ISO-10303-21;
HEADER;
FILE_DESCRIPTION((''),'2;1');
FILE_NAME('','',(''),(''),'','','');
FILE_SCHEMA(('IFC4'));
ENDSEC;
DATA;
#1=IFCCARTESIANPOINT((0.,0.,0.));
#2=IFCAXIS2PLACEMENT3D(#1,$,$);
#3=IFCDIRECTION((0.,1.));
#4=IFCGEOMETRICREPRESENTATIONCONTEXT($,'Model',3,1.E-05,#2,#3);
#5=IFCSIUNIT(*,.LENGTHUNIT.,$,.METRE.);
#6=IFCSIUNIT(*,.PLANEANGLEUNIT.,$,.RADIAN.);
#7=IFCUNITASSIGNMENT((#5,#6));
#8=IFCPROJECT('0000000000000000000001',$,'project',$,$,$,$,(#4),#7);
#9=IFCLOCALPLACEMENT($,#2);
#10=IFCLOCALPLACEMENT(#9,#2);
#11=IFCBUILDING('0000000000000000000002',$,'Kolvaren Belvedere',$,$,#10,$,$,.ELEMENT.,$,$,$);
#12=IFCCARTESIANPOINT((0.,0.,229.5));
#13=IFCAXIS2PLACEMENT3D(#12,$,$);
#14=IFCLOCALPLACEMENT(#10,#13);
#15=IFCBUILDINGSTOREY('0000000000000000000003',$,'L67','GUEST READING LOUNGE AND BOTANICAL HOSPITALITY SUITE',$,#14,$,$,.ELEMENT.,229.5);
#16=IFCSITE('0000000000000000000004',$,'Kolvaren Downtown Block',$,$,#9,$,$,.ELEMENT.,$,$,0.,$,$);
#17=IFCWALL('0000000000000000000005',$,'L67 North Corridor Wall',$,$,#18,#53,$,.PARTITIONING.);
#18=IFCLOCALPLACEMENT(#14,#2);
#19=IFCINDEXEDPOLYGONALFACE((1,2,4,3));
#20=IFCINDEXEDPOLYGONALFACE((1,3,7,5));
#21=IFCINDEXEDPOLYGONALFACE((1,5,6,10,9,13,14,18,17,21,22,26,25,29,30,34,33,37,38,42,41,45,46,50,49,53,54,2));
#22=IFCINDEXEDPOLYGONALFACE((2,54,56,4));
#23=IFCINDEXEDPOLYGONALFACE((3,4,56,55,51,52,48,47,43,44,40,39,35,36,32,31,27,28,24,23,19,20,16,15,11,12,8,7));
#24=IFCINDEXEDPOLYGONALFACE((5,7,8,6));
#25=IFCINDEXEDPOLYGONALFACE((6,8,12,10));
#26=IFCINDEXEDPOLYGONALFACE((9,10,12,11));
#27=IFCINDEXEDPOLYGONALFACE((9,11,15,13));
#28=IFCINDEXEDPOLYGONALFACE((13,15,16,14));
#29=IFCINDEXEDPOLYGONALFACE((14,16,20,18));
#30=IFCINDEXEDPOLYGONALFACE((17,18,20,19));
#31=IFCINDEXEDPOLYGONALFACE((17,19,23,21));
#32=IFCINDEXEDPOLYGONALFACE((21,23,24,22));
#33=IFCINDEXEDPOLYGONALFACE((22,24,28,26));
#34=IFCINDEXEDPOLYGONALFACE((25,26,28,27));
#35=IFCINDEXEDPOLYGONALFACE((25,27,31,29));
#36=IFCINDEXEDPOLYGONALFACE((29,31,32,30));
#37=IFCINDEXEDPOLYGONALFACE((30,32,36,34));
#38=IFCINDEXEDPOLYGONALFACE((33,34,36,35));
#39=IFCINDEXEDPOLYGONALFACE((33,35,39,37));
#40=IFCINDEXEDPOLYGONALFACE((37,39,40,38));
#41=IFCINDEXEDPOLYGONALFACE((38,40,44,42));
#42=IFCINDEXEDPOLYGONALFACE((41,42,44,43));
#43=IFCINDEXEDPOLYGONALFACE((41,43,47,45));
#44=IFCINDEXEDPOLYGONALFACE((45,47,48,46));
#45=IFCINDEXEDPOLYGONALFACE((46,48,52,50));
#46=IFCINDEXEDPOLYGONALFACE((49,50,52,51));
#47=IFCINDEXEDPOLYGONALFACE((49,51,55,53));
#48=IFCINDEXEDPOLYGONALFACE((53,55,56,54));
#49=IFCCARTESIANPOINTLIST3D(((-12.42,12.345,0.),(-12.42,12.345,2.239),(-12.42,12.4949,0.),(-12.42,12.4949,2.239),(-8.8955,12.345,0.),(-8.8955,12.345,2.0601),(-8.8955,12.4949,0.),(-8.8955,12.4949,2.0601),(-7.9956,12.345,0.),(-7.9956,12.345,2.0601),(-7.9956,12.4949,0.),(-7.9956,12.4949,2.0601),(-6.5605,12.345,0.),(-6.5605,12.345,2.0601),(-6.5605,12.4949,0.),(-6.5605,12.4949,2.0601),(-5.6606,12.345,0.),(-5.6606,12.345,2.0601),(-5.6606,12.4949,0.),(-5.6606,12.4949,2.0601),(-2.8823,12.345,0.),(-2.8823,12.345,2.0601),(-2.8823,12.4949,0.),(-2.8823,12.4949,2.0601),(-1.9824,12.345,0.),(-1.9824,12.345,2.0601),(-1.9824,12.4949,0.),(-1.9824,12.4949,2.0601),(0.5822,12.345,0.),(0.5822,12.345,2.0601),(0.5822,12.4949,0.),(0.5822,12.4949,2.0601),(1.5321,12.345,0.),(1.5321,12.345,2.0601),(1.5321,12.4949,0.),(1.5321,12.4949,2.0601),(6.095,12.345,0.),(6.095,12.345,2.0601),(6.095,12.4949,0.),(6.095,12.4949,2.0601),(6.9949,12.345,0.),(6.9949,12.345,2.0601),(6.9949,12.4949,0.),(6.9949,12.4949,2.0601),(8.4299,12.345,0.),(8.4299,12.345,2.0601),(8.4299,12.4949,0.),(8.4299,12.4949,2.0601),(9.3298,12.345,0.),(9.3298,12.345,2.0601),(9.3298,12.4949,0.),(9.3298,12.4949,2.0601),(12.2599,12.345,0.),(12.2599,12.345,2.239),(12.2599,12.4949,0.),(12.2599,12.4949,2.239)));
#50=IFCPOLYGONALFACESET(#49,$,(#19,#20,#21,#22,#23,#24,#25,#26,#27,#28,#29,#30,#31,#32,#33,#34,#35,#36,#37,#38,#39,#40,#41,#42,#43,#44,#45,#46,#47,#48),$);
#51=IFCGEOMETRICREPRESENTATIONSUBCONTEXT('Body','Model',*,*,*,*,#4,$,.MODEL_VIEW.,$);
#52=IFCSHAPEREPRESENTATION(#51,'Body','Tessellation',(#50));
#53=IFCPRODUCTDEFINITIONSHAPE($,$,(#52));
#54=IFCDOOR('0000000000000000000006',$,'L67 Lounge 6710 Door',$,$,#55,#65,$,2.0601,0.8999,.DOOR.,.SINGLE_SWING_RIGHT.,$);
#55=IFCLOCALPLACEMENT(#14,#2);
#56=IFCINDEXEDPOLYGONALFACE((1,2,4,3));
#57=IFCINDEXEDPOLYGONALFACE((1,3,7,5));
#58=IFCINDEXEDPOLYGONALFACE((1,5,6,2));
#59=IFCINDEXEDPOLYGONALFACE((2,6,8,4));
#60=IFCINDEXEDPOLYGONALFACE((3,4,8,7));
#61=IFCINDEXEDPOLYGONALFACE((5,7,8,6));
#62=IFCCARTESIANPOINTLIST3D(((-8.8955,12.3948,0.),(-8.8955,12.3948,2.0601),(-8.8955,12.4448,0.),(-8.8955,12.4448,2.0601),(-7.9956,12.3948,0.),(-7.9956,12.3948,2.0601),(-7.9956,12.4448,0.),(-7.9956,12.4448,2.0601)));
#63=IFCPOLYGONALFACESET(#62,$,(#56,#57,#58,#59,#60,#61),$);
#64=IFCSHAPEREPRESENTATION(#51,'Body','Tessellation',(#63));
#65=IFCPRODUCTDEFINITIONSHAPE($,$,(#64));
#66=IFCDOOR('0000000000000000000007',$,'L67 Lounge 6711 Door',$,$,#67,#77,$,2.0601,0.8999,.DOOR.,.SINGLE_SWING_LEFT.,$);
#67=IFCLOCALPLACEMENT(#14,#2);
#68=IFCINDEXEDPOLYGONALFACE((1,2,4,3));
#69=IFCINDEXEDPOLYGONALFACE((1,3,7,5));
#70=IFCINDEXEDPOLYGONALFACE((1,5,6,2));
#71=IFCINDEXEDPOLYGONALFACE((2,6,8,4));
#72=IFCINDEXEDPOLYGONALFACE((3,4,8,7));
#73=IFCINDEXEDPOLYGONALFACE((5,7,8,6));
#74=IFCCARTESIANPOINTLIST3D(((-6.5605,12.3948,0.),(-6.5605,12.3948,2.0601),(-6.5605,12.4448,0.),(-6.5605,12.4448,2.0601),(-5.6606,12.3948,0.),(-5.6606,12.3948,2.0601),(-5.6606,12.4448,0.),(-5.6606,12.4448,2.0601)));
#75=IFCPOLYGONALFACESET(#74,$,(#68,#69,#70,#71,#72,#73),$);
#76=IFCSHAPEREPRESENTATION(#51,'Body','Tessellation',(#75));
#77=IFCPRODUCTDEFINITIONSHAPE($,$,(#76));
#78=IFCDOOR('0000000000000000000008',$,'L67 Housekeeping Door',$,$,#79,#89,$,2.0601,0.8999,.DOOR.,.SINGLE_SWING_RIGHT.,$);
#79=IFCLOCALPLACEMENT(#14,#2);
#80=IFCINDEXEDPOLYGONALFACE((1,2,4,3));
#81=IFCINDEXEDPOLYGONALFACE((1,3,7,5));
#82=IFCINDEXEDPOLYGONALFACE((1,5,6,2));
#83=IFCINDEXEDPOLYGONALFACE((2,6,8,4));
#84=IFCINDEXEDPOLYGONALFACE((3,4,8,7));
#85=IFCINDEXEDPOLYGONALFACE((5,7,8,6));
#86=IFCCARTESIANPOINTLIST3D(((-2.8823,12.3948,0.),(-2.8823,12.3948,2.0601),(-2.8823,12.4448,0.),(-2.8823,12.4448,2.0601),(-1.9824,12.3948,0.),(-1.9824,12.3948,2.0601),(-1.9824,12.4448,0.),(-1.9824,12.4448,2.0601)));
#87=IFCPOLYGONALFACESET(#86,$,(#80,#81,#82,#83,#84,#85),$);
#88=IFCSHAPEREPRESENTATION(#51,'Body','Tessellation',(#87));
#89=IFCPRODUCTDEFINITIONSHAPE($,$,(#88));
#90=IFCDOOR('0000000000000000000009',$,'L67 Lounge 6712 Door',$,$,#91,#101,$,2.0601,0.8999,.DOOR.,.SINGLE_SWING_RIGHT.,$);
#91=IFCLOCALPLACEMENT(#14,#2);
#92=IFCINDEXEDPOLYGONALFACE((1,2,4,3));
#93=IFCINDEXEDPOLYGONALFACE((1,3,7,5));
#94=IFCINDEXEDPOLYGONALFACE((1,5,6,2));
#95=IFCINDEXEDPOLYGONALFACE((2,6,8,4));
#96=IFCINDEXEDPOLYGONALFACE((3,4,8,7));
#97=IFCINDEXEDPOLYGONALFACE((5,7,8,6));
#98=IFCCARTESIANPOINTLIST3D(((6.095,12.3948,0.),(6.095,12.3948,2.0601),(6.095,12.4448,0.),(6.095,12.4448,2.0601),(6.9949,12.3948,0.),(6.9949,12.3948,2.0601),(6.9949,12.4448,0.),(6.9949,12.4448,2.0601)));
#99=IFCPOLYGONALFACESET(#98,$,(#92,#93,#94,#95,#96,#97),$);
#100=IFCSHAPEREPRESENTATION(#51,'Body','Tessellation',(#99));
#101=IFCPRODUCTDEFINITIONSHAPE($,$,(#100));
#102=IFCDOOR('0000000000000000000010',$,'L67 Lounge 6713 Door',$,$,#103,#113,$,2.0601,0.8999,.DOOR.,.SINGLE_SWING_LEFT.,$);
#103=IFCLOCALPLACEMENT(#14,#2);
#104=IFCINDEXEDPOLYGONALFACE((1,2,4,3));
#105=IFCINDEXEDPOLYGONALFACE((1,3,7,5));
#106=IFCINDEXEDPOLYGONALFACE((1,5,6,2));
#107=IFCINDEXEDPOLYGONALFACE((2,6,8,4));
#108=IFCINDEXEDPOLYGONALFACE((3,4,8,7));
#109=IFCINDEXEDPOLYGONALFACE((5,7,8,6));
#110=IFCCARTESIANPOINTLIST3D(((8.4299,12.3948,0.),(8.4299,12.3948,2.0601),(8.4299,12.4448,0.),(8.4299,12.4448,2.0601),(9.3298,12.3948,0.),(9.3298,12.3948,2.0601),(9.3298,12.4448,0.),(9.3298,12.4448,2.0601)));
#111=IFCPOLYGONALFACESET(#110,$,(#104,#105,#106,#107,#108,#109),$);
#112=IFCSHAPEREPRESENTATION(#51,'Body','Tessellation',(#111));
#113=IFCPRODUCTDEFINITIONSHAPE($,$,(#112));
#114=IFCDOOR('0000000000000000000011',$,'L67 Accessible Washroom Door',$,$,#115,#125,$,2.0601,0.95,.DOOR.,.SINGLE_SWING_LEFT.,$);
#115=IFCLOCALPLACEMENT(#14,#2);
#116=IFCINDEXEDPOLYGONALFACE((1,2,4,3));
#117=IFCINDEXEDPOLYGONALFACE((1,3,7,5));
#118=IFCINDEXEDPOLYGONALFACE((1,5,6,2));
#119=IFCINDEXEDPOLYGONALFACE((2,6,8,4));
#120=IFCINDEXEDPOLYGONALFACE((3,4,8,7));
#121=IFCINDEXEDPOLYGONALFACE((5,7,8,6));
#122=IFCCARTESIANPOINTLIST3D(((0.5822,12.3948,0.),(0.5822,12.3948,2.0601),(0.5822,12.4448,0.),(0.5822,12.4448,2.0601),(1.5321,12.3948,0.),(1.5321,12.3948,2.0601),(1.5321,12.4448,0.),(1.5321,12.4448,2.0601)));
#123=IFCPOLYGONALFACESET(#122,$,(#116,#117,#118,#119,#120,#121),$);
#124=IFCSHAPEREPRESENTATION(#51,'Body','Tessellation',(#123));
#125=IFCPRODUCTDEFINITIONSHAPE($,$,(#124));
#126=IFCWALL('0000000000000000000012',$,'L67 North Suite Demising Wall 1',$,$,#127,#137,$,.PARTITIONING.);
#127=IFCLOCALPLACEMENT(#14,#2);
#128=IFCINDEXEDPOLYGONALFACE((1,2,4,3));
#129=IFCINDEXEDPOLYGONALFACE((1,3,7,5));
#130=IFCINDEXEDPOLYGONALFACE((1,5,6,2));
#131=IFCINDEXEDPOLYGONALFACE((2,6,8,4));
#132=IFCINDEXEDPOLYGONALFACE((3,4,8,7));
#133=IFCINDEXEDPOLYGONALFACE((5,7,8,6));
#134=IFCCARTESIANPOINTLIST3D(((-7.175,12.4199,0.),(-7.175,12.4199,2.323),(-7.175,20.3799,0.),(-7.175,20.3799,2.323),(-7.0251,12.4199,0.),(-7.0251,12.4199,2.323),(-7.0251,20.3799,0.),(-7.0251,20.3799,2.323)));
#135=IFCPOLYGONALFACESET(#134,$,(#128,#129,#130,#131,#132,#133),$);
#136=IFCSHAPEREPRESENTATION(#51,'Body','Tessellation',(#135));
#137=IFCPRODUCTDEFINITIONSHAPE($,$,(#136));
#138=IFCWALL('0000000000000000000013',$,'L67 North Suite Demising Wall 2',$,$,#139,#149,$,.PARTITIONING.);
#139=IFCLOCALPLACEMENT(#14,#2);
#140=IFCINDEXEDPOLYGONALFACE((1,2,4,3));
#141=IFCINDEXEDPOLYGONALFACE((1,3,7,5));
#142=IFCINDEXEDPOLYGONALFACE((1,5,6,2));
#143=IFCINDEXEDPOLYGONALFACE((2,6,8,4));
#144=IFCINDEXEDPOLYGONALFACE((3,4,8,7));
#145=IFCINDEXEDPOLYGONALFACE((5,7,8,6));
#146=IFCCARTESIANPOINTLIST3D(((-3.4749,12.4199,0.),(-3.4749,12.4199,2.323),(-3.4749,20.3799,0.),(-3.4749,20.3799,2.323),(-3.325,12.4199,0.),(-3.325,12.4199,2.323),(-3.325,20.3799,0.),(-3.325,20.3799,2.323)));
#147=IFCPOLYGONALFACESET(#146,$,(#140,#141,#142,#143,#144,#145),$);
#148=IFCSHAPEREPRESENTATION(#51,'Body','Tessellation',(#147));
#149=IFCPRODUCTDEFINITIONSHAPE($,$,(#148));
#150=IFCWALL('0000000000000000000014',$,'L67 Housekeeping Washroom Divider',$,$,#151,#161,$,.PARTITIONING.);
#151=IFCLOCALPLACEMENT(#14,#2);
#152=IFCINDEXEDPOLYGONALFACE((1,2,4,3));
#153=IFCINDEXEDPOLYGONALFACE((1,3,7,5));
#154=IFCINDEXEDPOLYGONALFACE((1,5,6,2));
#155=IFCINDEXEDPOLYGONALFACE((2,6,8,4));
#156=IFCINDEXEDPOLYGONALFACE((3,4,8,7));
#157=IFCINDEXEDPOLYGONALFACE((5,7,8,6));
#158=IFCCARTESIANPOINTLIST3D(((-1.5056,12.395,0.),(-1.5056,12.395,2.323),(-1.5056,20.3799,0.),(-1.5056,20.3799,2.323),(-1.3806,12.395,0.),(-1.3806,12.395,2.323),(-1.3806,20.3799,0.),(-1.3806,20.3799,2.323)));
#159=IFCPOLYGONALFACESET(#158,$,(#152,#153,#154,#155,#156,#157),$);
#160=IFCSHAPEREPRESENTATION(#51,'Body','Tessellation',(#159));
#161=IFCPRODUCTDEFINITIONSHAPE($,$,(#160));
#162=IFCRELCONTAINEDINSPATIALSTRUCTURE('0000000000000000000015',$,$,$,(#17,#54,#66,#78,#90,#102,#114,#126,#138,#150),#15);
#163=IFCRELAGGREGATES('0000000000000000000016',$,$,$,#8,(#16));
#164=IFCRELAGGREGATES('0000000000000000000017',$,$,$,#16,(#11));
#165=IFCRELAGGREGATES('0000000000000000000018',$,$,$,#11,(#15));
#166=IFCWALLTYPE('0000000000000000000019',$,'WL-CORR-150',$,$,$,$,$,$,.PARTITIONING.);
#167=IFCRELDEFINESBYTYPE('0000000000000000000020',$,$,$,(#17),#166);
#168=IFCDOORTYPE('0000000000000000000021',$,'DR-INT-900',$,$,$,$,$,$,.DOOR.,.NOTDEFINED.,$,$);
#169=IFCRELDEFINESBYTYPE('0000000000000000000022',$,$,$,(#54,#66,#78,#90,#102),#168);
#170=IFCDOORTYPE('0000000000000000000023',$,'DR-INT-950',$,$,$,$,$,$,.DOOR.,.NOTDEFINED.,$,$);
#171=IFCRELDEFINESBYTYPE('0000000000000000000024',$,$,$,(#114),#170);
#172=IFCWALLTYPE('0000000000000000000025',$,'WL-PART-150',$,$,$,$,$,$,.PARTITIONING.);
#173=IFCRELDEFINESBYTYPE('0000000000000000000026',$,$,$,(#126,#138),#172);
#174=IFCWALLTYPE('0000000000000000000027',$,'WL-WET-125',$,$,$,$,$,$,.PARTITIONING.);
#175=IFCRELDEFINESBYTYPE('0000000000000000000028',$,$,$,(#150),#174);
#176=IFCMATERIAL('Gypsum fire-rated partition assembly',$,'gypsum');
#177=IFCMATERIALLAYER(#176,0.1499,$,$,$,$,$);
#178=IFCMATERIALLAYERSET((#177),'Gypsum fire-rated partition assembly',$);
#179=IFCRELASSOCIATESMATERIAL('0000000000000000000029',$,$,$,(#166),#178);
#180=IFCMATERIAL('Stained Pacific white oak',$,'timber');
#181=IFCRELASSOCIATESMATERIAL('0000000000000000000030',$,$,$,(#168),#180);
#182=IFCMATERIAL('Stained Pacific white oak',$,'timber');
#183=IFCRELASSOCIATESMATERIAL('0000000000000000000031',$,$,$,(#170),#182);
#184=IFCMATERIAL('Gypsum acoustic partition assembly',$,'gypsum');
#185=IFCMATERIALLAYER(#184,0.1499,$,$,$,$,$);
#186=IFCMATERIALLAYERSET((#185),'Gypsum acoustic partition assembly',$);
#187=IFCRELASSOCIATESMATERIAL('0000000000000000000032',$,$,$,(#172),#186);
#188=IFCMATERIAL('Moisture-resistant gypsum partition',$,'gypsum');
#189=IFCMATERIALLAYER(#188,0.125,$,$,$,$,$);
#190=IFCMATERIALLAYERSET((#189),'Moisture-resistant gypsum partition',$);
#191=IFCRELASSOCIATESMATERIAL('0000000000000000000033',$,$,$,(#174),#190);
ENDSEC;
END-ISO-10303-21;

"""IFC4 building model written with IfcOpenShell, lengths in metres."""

from ifc_helpers import new_model, si_unit, direction, frame, frame_2d, origin, place, context, subcontext, project, spatial, rectangle, extrude, material, layer, layer_set, type_object, element, fill, save


model = new_model("IFC4")

# Units and contexts
model_context = context("Model", 3, precision=1e-05, world=origin(), true_north=direction((0.0, 1.0)))
body_context = subcontext(model_context, "Body", "Model", "MODEL_VIEW")
ifc_project = project(units=[si_unit("LENGTHUNIT", "METRE"), si_unit("PLANEANGLEUNIT", "RADIAN")], contexts=[model_context])

# Site, building, storey
site_placement = place(None, origin())
site = spatial("IfcSite", under=ifc_project, at=site_placement, Name="Kolvaren Downtown Block", CompositionType="ELEMENT", RefElevation=0.0)
building_placement = place(site_placement, origin())
building = spatial("IfcBuilding", under=site, at=building_placement, Name="Kolvaren Belvedere", CompositionType="ELEMENT")
storey_placement = place(building_placement, frame((0.0, 0.0, 229.5)))
storey = spatial("IfcBuildingStorey", under=building, at=storey_placement, Name="L67", Description="GUEST READING LOUNGE AND BOTANICAL HOSPITALITY SUITE", CompositionType="ELEMENT", Elevation=229.5)

# Wall, openings, doors
ifc_material_1 = material(Name="Gypsum fire-rated partition assembly", Category="gypsum")
ifc_layer_1 = layer(ifc_material_1, 0.1499)
ifc_layer_set_1 = layer_set([ifc_layer_1], Name="Gypsum fire-rated partition assembly")
wall_type_1 = type_object("IfcWallType", Name="WL-CORR-150", PredefinedType="PARTITIONING", material=ifc_layer_set_1)
wall_1_placement = place(storey_placement, frame((-12.4199, 12.4199, 0.0), z_axis=(0.0, 0.0, 1.0), x_axis=(1.0, 0.0, 0.0)))
wall_1 = element("IfcWall", 1, at=wall_1_placement, inside=storey, type_object=wall_type_1, Name="L67 North Corridor Wall", PredefinedType="PARTITIONING", context=body_context, shape_type="SweptSolid", body=[
    extrude(rectangle(XDim=24.6799, YDim=0.1499, at=frame_2d((12.3398, 0.0))), origin(), (0.0, 0.0, 1.0), 2.239),
])
opening_1_placement = place(wall_1_placement, frame((3.5244, 0.0, 0.0)))
opening_1 = element("IfcOpeningElement", 2, at=opening_1_placement, cuts=wall_1, PredefinedType="OPENING", context=body_context, shape_type="SweptSolid", body=[
    extrude(rectangle(XDim=0.8999, YDim=2.0601, at=frame_2d((0.45, 1.03))), frame((0.0, 0.085, 0.0), z_axis=(0.0, -1.0, 0.0), x_axis=(1.0, 0.0, 0.0)), (0.0, 0.0, 1.0), 0.1699),
])
opening_2_placement = place(wall_1_placement, frame((5.8594, 0.0, 0.0)))
opening_2 = element("IfcOpeningElement", 3, at=opening_2_placement, cuts=wall_1, PredefinedType="OPENING", context=body_context, shape_type="SweptSolid", body=[
    extrude(rectangle(XDim=0.8999, YDim=2.0601, at=frame_2d((0.45, 1.03))), frame((0.0, 0.085, 0.0), z_axis=(0.0, -1.0, 0.0), x_axis=(1.0, 0.0, 0.0)), (0.0, 0.0, 1.0), 0.1699),
])
opening_3_placement = place(wall_1_placement, frame((9.5376, 0.0, 0.0)))
opening_3 = element("IfcOpeningElement", 4, at=opening_3_placement, cuts=wall_1, PredefinedType="OPENING", context=body_context, shape_type="SweptSolid", body=[
    extrude(rectangle(XDim=0.8999, YDim=2.0601, at=frame_2d((0.45, 1.03))), frame((0.0, 0.085, 0.0), z_axis=(0.0, -1.0, 0.0), x_axis=(1.0, 0.0, 0.0)), (0.0, 0.0, 1.0), 0.1699),
])
opening_4_placement = place(wall_1_placement, frame((13.002, 0.0, 0.0)))
opening_4 = element("IfcOpeningElement", 5, at=opening_4_placement, cuts=wall_1, PredefinedType="OPENING", context=body_context, shape_type="SweptSolid", body=[
    extrude(rectangle(XDim=0.95, YDim=2.0601, at=frame_2d((0.4751, 1.03))), frame((0.0, 0.085, 0.0), z_axis=(0.0, -1.0, 0.0), x_axis=(1.0, 0.0, 0.0)), (0.0, 0.0, 1.0), 0.1699),
])
opening_5_placement = place(wall_1_placement, frame((18.5149, 0.0, 0.0)))
opening_5 = element("IfcOpeningElement", 6, at=opening_5_placement, cuts=wall_1, PredefinedType="OPENING", context=body_context, shape_type="SweptSolid", body=[
    extrude(rectangle(XDim=0.8999, YDim=2.0601, at=frame_2d((0.45, 1.03))), frame((0.0, 0.085, 0.0), z_axis=(0.0, -1.0, 0.0), x_axis=(1.0, 0.0, 0.0)), (0.0, 0.0, 1.0), 0.1699),
])
opening_6_placement = place(wall_1_placement, frame((20.8499, 0.0, 0.0)))
opening_6 = element("IfcOpeningElement", 7, at=opening_6_placement, cuts=wall_1, PredefinedType="OPENING", context=body_context, shape_type="SweptSolid", body=[
    extrude(rectangle(XDim=0.8999, YDim=2.0601, at=frame_2d((0.45, 1.03))), frame((0.0, 0.085, 0.0), z_axis=(0.0, -1.0, 0.0), x_axis=(1.0, 0.0, 0.0)), (0.0, 0.0, 1.0), 0.1699),
])
ifc_material_2 = material(Name="Stained Pacific white oak", Category="timber")
door_type_1 = type_object("IfcDoorType", Name="DR-INT-900", OperationType="NOTDEFINED", PredefinedType="DOOR", material=ifc_material_2)
door_1_placement = place(opening_1_placement, origin())
door_1 = element("IfcDoor", 8, at=door_1_placement, inside=storey, type_object=door_type_1, Name="L67 Lounge 6710 Door", OperationType="SINGLE_SWING_RIGHT", OverallHeight=2.0601, OverallWidth=0.8999, PredefinedType="DOOR", context=body_context, shape_type="SweptSolid", body=[
    extrude(rectangle(XDim=0.8999, YDim=2.0601, at=frame_2d((0.45, 1.03))), frame((0.0, 0.0249, 0.0), z_axis=(0.0, -1.0, 0.0), x_axis=(1.0, 0.0, 0.0)), (0.0, 0.0, 1.0), 0.05),
])
fill(opening_1, door_1)
door_2_placement = place(opening_2_placement, origin())
door_2 = element("IfcDoor", 9, at=door_2_placement, inside=storey, type_object=door_type_1, Name="L67 Lounge 6711 Door", OperationType="SINGLE_SWING_LEFT", OverallHeight=2.0601, OverallWidth=0.8999, PredefinedType="DOOR", context=body_context, shape_type="SweptSolid", body=[
    extrude(rectangle(XDim=0.8999, YDim=2.0601, at=frame_2d((0.45, 1.03))), frame((0.0, 0.0249, 0.0), z_axis=(0.0, -1.0, 0.0), x_axis=(1.0, 0.0, 0.0)), (0.0, 0.0, 1.0), 0.05),
])
fill(opening_2, door_2)
door_3_placement = place(opening_3_placement, origin())
door_3 = element("IfcDoor", 10, at=door_3_placement, inside=storey, type_object=door_type_1, Name="L67 Housekeeping Door", OperationType="SINGLE_SWING_RIGHT", OverallHeight=2.0601, OverallWidth=0.8999, PredefinedType="DOOR", context=body_context, shape_type="SweptSolid", body=[
    extrude(rectangle(XDim=0.8999, YDim=2.0601, at=frame_2d((0.45, 1.03))), frame((0.0, 0.0249, 0.0), z_axis=(0.0, -1.0, 0.0), x_axis=(1.0, 0.0, 0.0)), (0.0, 0.0, 1.0), 0.05),
])
fill(opening_3, door_3)
door_4_placement = place(opening_5_placement, origin())
door_4 = element("IfcDoor", 11, at=door_4_placement, inside=storey, type_object=door_type_1, Name="L67 Lounge 6712 Door", OperationType="SINGLE_SWING_RIGHT", OverallHeight=2.0601, OverallWidth=0.8999, PredefinedType="DOOR", context=body_context, shape_type="SweptSolid", body=[
    extrude(rectangle(XDim=0.8999, YDim=2.0601, at=frame_2d((0.45, 1.03))), frame((0.0, 0.0249, 0.0), z_axis=(0.0, -1.0, 0.0), x_axis=(1.0, 0.0, 0.0)), (0.0, 0.0, 1.0), 0.05),
])
fill(opening_5, door_4)
door_5_placement = place(opening_6_placement, origin())
door_5 = element("IfcDoor", 12, at=door_5_placement, inside=storey, type_object=door_type_1, Name="L67 Lounge 6713 Door", OperationType="SINGLE_SWING_LEFT", OverallHeight=2.0601, OverallWidth=0.8999, PredefinedType="DOOR", context=body_context, shape_type="SweptSolid", body=[
    extrude(rectangle(XDim=0.8999, YDim=2.0601, at=frame_2d((0.45, 1.03))), frame((0.0, 0.0249, 0.0), z_axis=(0.0, -1.0, 0.0), x_axis=(1.0, 0.0, 0.0)), (0.0, 0.0, 1.0), 0.05),
])
fill(opening_6, door_5)
ifc_material_3 = material(Name="Stained Pacific white oak", Category="timber")
door_type_2 = type_object("IfcDoorType", Name="DR-INT-950", OperationType="NOTDEFINED", PredefinedType="DOOR", material=ifc_material_3)
door_6_placement = place(opening_4_placement, origin())
door_6 = element("IfcDoor", 13, at=door_6_placement, inside=storey, type_object=door_type_2, Name="L67 Accessible Washroom Door", OperationType="SINGLE_SWING_LEFT", OverallHeight=2.0601, OverallWidth=0.95, PredefinedType="DOOR", context=body_context, shape_type="SweptSolid", body=[
    extrude(rectangle(XDim=0.95, YDim=2.0601, at=frame_2d((0.4751, 1.03))), frame((0.0, 0.0249, 0.0), z_axis=(0.0, -1.0, 0.0), x_axis=(1.0, 0.0, 0.0)), (0.0, 0.0, 1.0), 0.05),
])
fill(opening_4, door_6)

# Walls
ifc_material_4 = material(Name="Gypsum acoustic partition assembly", Category="gypsum")
ifc_layer_2 = layer(ifc_material_4, 0.1499)
ifc_layer_set_2 = layer_set([ifc_layer_2], Name="Gypsum acoustic partition assembly")
wall_type_2 = type_object("IfcWallType", Name="WL-PART-150", PredefinedType="PARTITIONING", material=ifc_layer_set_2)
for number, where, z_axis, x_axis, name in (
    (14, (-7.1001, 12.4199, 0.0), (0.0, 0.0, 1.0), (0.0, 1.0, 0.0), "L67 North Suite Demising Wall 1"),
    (15, (-3.3999, 12.4199, 0.0), (0.0, 0.0, 1.0), (0.0, 1.0, 0.0), "L67 North Suite Demising Wall 2"),
):
    element("IfcWall", number, at=place(storey_placement, frame(where, z_axis=z_axis, x_axis=x_axis)), inside=storey, type_object=wall_type_2, Name=name, PredefinedType="PARTITIONING", context=body_context, shape_type="SweptSolid", body=[
        extrude(rectangle(XDim=7.96, YDim=0.1499, at=frame_2d((3.98, 0.0))), origin(), (0.0, 0.0, 1.0), 2.323),
    ])
ifc_material_5 = material(Name="Moisture-resistant gypsum partition", Category="gypsum")
ifc_layer_3 = layer(ifc_material_5, 0.125)
ifc_layer_set_3 = layer_set([ifc_layer_3], Name="Moisture-resistant gypsum partition")
wall_type_3 = type_object("IfcWallType", Name="WL-WET-125", PredefinedType="PARTITIONING", material=ifc_layer_set_3)
wall_2_placement = place(storey_placement, frame((-1.4431, 12.395, 0.0), z_axis=(0.0, 0.0, 1.0), x_axis=(0.0, 1.0, 0.0)))
element("IfcWall", 16, at=wall_2_placement, inside=storey, type_object=wall_type_3, Name="L67 Housekeeping Washroom Divider", PredefinedType="PARTITIONING", context=body_context, shape_type="SweptSolid", body=[
    extrude(rectangle(XDim=7.9849, YDim=0.125, at=frame_2d((3.9924, 0.0))), origin(), (0.0, 0.0, 1.0), 2.323),
])

save(model, "model.ifc")
